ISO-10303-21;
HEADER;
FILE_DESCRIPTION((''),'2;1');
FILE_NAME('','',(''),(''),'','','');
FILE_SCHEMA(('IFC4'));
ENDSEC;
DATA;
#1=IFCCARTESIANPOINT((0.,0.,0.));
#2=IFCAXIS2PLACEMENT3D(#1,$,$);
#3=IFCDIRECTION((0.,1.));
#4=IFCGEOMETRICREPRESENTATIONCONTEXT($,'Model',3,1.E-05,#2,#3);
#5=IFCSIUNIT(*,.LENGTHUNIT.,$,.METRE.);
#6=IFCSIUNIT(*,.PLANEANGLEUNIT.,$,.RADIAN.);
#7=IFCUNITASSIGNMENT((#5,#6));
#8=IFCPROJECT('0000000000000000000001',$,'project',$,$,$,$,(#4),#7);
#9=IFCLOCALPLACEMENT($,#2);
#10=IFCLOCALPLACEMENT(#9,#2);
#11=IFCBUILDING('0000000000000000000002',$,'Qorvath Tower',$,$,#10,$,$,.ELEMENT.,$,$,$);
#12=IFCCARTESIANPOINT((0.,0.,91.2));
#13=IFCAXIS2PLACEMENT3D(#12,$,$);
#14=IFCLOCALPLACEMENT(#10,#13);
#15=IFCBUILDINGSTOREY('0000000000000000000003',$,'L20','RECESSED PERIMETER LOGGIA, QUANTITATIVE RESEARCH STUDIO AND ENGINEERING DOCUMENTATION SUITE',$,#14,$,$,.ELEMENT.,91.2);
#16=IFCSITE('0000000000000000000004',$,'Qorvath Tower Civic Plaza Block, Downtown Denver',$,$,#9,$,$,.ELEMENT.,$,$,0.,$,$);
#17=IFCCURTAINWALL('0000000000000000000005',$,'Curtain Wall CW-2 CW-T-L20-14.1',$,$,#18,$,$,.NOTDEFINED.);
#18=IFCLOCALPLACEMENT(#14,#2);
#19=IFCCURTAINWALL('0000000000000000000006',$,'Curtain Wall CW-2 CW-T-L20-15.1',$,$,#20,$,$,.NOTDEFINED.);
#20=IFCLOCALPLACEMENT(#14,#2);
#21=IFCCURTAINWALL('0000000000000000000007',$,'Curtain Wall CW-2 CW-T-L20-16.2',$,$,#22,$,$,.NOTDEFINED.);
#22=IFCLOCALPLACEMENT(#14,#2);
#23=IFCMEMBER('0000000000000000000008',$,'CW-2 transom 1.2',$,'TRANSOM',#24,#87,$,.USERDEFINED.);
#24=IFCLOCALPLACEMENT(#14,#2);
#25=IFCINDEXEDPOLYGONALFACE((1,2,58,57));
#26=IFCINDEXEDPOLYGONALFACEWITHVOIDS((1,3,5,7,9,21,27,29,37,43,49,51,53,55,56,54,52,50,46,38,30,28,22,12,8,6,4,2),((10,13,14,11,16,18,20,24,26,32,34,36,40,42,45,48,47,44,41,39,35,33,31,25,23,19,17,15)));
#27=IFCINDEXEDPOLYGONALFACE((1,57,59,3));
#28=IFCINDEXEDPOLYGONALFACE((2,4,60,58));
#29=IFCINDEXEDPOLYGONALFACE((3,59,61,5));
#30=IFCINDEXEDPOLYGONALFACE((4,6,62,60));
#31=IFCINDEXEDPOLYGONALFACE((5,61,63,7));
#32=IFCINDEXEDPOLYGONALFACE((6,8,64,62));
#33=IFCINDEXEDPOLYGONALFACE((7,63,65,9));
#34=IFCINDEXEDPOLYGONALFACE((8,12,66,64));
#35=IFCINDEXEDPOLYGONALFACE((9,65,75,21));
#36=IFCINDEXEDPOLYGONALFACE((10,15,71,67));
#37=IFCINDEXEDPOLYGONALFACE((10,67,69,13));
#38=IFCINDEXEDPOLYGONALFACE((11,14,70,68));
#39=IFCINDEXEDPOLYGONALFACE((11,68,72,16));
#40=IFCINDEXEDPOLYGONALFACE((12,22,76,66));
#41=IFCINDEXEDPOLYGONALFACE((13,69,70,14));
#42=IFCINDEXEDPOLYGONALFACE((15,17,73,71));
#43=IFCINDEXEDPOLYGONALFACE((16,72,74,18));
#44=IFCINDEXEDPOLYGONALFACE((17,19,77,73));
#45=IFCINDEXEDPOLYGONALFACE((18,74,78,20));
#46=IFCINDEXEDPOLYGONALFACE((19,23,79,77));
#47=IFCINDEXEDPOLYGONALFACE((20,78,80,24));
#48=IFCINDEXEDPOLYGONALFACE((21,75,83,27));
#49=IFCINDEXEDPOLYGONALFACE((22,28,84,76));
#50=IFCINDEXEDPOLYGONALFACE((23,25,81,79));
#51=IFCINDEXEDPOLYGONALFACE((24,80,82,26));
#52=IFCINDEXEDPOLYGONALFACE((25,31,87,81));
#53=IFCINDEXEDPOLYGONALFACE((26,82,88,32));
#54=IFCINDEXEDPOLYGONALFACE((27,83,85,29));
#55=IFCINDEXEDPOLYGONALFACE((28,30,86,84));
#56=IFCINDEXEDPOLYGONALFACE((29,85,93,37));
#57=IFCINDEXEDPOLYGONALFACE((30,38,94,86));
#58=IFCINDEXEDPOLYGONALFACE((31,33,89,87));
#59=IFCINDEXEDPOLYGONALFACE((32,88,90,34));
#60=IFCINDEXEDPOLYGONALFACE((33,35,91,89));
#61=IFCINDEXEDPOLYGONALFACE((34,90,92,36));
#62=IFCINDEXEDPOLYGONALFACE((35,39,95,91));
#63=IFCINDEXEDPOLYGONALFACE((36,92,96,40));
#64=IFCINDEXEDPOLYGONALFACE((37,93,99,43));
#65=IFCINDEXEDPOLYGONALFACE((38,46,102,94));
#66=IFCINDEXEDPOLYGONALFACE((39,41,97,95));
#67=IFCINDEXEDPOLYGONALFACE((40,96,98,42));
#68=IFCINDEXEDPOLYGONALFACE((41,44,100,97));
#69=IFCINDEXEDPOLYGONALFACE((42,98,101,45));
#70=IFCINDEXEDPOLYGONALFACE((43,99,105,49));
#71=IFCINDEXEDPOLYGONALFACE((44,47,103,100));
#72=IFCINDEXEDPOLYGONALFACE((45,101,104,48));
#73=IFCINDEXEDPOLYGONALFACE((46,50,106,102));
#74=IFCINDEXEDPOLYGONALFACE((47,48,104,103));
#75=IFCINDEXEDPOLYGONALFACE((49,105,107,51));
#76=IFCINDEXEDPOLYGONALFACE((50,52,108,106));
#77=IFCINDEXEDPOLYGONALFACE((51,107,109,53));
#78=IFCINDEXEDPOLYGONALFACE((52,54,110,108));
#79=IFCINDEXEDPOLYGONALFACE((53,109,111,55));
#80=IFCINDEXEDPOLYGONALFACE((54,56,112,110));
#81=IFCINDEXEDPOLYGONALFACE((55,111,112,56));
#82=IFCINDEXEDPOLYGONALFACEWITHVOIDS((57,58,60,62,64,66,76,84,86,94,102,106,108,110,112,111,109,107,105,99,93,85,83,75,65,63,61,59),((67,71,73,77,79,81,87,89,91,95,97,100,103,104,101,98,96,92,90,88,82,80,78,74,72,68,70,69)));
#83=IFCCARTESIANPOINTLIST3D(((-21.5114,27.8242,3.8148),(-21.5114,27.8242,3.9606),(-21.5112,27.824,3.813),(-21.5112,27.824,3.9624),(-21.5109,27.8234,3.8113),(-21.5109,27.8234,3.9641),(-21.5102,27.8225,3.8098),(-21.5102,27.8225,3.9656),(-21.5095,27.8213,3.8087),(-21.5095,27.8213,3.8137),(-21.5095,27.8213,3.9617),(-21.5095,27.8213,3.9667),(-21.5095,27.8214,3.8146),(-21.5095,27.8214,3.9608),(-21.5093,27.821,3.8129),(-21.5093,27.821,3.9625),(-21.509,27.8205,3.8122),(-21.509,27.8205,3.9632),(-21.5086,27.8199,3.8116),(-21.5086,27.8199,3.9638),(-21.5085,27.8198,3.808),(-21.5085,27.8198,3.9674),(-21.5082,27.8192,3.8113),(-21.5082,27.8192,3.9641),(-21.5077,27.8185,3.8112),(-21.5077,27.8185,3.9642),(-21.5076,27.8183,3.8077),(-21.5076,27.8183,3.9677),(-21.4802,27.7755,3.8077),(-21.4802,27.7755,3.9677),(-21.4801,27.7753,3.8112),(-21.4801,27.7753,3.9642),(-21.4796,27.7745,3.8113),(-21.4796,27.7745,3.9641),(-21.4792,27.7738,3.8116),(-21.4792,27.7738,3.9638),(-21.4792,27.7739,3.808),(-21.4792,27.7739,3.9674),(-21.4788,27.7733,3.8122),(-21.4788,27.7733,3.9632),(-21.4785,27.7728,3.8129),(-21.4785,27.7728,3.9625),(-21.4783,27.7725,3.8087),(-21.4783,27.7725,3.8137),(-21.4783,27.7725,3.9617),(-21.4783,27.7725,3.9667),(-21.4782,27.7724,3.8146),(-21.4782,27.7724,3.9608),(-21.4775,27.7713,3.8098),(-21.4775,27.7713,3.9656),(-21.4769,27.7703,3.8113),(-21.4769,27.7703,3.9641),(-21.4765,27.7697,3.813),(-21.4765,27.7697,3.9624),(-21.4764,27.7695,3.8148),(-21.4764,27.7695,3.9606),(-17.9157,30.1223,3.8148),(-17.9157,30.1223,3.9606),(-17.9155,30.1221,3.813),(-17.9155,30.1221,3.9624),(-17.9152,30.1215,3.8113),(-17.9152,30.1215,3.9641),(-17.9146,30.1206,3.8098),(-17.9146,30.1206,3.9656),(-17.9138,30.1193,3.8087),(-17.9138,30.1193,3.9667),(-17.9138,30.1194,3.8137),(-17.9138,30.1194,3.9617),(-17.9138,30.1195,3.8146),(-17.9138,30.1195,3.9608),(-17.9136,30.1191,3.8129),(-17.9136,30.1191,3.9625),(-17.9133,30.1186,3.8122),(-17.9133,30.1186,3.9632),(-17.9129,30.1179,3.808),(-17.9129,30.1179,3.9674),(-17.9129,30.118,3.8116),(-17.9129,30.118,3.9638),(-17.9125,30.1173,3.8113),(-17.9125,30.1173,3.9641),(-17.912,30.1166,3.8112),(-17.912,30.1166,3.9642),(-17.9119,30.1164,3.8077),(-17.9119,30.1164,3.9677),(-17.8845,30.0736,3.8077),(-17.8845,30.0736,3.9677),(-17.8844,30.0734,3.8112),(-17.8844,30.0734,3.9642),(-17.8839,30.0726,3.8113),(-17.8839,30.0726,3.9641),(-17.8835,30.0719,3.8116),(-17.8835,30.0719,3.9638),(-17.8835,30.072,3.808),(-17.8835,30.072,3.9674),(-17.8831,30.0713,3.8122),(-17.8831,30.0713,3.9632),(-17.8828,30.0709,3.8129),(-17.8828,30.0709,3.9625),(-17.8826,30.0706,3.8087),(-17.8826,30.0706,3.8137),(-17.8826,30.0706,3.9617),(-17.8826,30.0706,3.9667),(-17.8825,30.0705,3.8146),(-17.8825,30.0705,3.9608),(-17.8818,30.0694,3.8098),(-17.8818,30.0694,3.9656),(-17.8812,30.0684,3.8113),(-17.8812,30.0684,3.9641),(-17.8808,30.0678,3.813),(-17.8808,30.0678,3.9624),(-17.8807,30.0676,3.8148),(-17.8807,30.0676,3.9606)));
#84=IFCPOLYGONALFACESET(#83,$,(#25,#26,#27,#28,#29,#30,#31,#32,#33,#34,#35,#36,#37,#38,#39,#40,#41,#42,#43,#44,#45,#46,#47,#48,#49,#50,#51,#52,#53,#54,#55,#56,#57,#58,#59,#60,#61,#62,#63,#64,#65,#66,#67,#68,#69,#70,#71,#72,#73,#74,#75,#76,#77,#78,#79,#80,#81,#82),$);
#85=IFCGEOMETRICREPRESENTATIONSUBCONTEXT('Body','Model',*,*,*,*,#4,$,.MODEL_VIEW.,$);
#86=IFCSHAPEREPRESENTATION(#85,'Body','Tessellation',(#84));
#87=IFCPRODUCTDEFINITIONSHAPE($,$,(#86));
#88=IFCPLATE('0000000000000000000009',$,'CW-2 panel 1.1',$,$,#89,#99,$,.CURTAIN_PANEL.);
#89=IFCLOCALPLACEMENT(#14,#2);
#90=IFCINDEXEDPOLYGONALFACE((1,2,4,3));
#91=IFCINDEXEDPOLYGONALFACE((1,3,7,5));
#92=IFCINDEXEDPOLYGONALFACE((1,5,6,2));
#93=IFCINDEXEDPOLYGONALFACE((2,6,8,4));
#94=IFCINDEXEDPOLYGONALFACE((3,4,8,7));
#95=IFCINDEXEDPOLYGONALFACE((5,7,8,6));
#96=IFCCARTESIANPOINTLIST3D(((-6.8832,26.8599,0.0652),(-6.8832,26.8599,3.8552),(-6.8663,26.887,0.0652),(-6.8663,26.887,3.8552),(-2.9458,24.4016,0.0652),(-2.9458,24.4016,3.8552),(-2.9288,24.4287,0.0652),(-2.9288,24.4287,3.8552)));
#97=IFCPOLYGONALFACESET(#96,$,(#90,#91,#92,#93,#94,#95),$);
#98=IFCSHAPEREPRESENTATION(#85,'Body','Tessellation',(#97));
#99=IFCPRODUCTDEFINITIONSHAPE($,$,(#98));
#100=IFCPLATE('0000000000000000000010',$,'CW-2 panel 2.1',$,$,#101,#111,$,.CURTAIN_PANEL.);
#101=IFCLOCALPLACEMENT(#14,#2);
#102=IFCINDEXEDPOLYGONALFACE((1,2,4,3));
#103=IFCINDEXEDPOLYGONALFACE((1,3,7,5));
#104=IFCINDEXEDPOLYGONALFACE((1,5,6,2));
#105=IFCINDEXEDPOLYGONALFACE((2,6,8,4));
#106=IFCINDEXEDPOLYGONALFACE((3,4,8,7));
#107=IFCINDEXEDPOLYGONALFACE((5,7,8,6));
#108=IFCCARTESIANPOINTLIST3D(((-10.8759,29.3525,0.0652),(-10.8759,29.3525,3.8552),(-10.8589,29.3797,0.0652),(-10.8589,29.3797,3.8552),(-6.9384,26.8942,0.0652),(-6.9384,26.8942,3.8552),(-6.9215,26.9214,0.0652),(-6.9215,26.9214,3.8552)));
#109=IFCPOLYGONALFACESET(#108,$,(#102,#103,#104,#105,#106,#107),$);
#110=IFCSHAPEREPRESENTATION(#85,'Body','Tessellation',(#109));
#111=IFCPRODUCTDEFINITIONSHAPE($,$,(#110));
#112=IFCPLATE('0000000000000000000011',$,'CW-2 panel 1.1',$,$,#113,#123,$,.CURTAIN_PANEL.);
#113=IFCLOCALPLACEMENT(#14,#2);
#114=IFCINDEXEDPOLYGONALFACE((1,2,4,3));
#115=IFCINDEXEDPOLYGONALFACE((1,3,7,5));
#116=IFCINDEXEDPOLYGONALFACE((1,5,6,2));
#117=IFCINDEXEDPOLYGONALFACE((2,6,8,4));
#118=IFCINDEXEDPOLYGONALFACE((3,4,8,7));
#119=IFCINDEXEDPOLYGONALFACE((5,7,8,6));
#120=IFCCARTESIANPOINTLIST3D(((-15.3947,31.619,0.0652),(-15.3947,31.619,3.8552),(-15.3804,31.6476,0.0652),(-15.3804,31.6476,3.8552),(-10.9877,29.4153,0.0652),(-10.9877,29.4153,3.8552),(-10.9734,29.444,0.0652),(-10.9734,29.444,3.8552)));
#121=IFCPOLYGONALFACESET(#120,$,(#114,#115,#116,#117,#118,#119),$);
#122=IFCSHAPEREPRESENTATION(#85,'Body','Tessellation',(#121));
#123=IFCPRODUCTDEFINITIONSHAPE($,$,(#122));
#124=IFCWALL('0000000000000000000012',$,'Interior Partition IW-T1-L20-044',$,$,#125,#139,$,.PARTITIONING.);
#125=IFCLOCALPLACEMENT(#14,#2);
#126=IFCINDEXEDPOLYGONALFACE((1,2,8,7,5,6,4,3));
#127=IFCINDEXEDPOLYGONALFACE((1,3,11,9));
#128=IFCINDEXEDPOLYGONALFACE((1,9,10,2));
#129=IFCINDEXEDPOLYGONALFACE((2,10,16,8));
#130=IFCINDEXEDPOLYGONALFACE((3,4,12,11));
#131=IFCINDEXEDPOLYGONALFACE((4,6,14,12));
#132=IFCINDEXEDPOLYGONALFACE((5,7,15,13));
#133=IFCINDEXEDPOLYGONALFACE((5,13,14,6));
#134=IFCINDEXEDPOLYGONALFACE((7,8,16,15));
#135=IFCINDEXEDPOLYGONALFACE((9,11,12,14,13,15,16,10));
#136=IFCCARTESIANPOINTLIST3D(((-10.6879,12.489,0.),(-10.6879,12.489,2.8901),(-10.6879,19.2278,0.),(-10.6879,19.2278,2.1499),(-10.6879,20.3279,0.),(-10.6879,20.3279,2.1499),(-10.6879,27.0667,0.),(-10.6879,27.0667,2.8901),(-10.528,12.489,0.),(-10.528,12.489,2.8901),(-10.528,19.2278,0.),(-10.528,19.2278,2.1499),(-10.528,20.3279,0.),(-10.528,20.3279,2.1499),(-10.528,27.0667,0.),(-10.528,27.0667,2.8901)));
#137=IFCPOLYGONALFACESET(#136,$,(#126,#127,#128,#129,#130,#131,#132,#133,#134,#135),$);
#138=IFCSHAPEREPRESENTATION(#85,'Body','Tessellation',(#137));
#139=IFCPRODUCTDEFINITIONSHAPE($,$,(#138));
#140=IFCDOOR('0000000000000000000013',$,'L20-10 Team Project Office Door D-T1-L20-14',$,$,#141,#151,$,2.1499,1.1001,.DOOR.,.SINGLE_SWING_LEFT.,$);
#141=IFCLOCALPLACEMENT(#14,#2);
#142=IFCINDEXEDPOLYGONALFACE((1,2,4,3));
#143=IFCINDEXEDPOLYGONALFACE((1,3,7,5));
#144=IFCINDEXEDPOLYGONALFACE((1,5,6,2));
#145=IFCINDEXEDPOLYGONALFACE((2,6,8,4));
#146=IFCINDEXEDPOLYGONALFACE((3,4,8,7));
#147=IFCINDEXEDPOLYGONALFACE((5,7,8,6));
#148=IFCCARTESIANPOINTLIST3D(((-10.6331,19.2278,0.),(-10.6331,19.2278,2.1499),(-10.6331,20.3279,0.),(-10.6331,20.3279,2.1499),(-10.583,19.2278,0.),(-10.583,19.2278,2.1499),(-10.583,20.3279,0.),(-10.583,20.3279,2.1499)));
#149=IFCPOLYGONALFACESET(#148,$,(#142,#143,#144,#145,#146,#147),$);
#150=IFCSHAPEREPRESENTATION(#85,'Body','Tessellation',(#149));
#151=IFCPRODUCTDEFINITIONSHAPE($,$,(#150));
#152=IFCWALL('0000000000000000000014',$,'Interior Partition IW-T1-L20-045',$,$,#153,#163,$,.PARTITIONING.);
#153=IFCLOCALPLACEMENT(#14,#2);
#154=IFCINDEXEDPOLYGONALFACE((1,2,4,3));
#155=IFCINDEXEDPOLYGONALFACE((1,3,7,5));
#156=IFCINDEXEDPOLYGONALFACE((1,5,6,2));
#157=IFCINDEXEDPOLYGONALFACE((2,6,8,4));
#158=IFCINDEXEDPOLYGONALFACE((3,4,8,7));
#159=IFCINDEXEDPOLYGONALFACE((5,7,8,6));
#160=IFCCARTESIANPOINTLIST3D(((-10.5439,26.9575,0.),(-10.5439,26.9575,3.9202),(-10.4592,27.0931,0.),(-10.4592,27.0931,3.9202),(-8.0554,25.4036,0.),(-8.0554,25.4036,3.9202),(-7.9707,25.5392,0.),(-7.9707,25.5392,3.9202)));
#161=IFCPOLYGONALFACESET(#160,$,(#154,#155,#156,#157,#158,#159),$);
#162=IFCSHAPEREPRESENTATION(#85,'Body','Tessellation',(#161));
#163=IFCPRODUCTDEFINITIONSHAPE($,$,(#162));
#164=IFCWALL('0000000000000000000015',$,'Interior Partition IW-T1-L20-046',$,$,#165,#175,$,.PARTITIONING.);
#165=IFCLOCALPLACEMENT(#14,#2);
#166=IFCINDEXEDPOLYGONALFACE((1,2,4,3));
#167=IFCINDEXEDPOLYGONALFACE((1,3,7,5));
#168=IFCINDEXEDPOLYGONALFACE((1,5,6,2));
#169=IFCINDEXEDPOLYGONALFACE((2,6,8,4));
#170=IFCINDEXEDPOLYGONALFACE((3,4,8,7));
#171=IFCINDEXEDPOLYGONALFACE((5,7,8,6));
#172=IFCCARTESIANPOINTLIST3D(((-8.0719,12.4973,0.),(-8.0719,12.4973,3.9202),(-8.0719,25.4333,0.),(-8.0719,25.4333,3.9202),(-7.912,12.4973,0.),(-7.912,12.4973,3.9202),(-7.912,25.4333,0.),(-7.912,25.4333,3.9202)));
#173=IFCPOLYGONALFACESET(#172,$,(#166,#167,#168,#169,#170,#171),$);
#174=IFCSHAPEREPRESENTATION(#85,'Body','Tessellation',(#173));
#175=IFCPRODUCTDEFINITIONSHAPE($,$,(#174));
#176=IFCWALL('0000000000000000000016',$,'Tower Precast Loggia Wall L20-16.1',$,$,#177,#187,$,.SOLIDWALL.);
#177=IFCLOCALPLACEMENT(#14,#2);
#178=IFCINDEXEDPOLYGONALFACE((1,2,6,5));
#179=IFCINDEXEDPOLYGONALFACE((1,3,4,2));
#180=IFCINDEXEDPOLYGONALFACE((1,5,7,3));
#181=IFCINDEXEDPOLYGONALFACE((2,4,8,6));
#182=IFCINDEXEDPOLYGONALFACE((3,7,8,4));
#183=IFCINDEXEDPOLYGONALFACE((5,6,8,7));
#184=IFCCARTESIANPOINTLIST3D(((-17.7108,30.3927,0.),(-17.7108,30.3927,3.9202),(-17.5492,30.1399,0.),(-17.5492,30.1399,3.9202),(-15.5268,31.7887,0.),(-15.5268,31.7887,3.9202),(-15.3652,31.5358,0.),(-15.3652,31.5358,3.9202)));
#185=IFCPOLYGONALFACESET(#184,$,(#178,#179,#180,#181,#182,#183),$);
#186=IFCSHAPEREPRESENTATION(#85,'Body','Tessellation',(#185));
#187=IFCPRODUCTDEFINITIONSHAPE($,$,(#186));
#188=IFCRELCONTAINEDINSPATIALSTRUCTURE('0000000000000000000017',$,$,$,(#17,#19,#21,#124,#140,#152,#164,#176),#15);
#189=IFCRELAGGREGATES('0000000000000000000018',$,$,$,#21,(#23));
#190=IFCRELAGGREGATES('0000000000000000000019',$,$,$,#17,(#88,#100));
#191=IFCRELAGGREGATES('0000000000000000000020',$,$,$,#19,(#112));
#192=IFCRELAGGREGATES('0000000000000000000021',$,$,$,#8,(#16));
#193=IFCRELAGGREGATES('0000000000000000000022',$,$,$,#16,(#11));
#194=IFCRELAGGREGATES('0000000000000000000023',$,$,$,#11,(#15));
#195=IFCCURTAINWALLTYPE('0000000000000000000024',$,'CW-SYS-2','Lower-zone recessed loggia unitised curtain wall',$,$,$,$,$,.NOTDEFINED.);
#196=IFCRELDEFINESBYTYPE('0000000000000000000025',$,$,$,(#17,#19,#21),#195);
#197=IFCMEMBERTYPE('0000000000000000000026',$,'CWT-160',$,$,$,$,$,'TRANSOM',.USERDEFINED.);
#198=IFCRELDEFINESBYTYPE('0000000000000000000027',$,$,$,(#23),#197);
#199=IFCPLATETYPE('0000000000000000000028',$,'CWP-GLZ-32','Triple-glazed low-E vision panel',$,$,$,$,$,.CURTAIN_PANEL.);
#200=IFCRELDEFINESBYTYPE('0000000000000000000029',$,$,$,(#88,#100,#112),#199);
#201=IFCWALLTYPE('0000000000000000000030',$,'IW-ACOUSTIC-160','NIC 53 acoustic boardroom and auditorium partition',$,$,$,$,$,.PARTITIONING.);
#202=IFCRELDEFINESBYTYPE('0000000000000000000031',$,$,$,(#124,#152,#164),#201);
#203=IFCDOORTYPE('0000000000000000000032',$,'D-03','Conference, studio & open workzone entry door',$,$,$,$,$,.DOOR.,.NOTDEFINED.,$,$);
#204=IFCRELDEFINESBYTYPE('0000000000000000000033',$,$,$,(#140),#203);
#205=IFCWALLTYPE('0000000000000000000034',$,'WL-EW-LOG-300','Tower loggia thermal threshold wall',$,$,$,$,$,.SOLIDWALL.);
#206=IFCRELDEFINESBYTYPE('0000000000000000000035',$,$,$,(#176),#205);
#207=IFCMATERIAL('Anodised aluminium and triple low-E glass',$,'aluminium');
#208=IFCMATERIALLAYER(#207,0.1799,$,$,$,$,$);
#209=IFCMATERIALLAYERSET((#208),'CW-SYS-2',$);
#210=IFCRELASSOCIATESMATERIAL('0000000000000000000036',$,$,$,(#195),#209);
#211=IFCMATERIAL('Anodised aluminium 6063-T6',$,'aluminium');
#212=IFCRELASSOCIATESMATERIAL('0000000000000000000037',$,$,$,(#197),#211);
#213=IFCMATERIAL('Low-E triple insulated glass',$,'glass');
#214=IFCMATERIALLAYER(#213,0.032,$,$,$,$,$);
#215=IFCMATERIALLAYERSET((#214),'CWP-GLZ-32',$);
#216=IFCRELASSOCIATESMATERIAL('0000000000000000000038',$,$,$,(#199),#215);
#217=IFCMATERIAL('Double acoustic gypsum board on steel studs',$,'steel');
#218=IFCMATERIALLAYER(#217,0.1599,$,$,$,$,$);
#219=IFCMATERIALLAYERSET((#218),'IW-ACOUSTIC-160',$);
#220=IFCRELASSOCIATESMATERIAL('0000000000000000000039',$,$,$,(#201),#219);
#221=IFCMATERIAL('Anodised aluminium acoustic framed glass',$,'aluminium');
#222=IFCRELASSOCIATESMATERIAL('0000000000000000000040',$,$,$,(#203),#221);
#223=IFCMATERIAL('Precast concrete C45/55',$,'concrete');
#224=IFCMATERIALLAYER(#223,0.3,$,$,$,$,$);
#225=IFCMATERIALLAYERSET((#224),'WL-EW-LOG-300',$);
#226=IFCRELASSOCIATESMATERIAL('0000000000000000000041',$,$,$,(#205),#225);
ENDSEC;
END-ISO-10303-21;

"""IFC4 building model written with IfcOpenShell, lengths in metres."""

from ifc_helpers import new_model, si_unit, direction, frame, frame_2d, origin, origin_2d, place, context, subcontext, project, spatial, rectangle, hollow_rectangle, extrude, material, layer, layer_set, material_profile, profile_set, type_object, element, fill, aggregate, save


model = new_model("IFC4")

# Units and contexts
model_context = context("Model", 3, precision=1e-05, world=origin(), true_north=direction((0.0, 1.0)))
body_context = subcontext(model_context, "Body", "Model", "MODEL_VIEW")
ifc_project = project(units=[si_unit("LENGTHUNIT", "METRE"), si_unit("PLANEANGLEUNIT", "RADIAN")], contexts=[model_context])

# Site, building, storey
site_placement = place(None, origin())
site = spatial("IfcSite", under=ifc_project, at=site_placement, Name="Qorvath Tower Civic Plaza Block, Downtown Denver", CompositionType="ELEMENT", RefElevation=0.0)
building_placement = place(site_placement, origin())
building = spatial("IfcBuilding", under=site, at=building_placement, Name="Qorvath Tower", CompositionType="ELEMENT")
storey_placement = place(building_placement, frame((0.0, 0.0, 91.2)))
storey = spatial("IfcBuildingStorey", under=building, at=storey_placement, Name="L20", Description="RECESSED PERIMETER LOGGIA, QUANTITATIVE RESEARCH STUDIO AND ENGINEERING DOCUMENTATION SUITE", CompositionType="ELEMENT", Elevation=91.2)

# Shared definitions
ifc_material_1 = material(Name="Anodised aluminium and triple low-E glass", Category="aluminium")
ifc_layer_1 = layer(ifc_material_1, 0.1799)
ifc_layer_set_1 = layer_set([ifc_layer_1], Name="CW-SYS-2")
curtain_wall_type = type_object("IfcCurtainWallType", Name="CW-SYS-2", Description="Lower-zone recessed loggia unitised curtain wall", PredefinedType="NOTDEFINED", material=ifc_layer_set_1)

# Curtain walls
curtain_wall_1_placement = place(storey_placement, origin())
curtain_wall_1 = element("IfcCurtainWall", 1, at=curtain_wall_1_placement, inside=storey, type_object=curtain_wall_type, Name="Curtain Wall CW-2 CW-T-L20-14.1", PredefinedType="NOTDEFINED")
curtain_wall_2_placement = place(storey_placement, origin())
curtain_wall_2 = element("IfcCurtainWall", 2, at=curtain_wall_2_placement, inside=storey, type_object=curtain_wall_type, Name="Curtain Wall CW-2 CW-T-L20-15.1", PredefinedType="NOTDEFINED")

# Curtain wall
curtain_wall_3_placement = place(storey_placement, origin())
curtain_wall_3 = element("IfcCurtainWall", 3, at=curtain_wall_3_placement, inside=storey, type_object=curtain_wall_type, Name="Curtain Wall CW-2 CW-T-L20-16.2", PredefinedType="NOTDEFINED")

# Member
ifc_material_2 = material(Name="Anodised aluminium 6063-T6", Category="aluminium")
ifc_material_profile_1 = material_profile(ifc_material_2, hollow_rectangle(XDim=0.0649, YDim=0.1599, WallThickness=0.0034, InnerFilletRadius=0.0034, OuterFilletRadius=0.0071, at=origin_2d()), Name="CWT 160x65")
ifc_profile_set_1 = profile_set([ifc_material_profile_1], Name="Anodised aluminium 6063-T6")
member_type_1 = type_object("IfcMemberType", Name="CWT-160", ElementType="TRANSOM", PredefinedType="USERDEFINED", material=ifc_profile_set_1)
member_1_placement = place(storey_placement, frame((-17.8982, 30.095, 3.8877), z_axis=(-0.842607, -0.538529, 0.0), x_axis=(0.538529, -0.842607, 0.0)))
member_1 = element("IfcMember", 4, at=member_1_placement, type_object=member_type_1, Name="CW-2 transom 1.2", ObjectType="TRANSOM", PredefinedType="USERDEFINED", context=body_context, shape_type="SweptSolid", body=[
    extrude(hollow_rectangle(XDim=0.0649, YDim=0.1599, WallThickness=0.0034, InnerFilletRadius=0.0034, OuterFilletRadius=0.0071, at=origin_2d()), origin(), (0.0, 0.0, 1.0), 4.2673),
])
aggregate(curtain_wall_3, [member_1])

# Plates
ifc_material_3 = material(Name="Low-E triple insulated glass", Category="glass")
ifc_layer_2 = layer(ifc_material_3, 0.032)
ifc_layer_set_2 = layer_set([ifc_layer_2], Name="CWP-GLZ-32")
plate_type = type_object("IfcPlateType", Name="CWP-GLZ-32", Description="Triple-glazed low-E vision panel", PredefinedType="CURTAIN_PANEL", material=ifc_layer_set_2)
plate_1_placement = place(storey_placement, frame((-4.906, 25.6443, 0.0652), z_axis=(0.0, 0.0, 1.0), x_axis=(-0.84825, 0.529596, 0.0)))
plate_1 = element("IfcPlate", 5, at=plate_1_placement, type_object=plate_type, Name="CW-2 panel 1.1", PredefinedType="CURTAIN_PANEL", context=body_context, shape_type="SweptSolid", body=[
    extrude(rectangle(XDim=4.6418, YDim=0.032, at=origin_2d()), origin(), (0.0, 0.0, 1.0), 3.79),
])
plate_2_placement = place(storey_placement, frame((-8.8987, 28.137, 0.0652), z_axis=(0.0, 0.0, 1.0), x_axis=(-0.84825, 0.529596, 0.0)))
plate_2 = element("IfcPlate", 6, at=plate_2_placement, type_object=plate_type, Name="CW-2 panel 2.1", PredefinedType="CURTAIN_PANEL", context=body_context, shape_type="SweptSolid", body=[
    extrude(rectangle(XDim=4.6418, YDim=0.032, at=origin_2d()), origin(), (0.0, 0.0, 1.0), 3.79),
])
aggregate(curtain_wall_1, [plate_1, plate_2])
plate_3_placement = place(storey_placement, frame((-13.1841, 30.5315, 0.0652), z_axis=(0.0, 0.0, 1.0), x_axis=(-0.894411, 0.447245, 0.0)))
plate_3 = element("IfcPlate", 7, at=plate_3_placement, type_object=plate_type, Name="CW-2 panel 1.1", PredefinedType="CURTAIN_PANEL", context=body_context, shape_type="SweptSolid", body=[
    extrude(rectangle(XDim=4.9272, YDim=0.032, at=origin_2d()), origin(), (0.0, 0.0, 1.0), 3.79),
])
aggregate(curtain_wall_2, [plate_3])

# Wall, opening, door
ifc_material_4 = material(Name="Double acoustic gypsum board on steel studs", Category="steel")
ifc_layer_3 = layer(ifc_material_4, 0.1599)
ifc_layer_set_3 = layer_set([ifc_layer_3], Name="IW-ACOUSTIC-160")
wall_type_1 = type_object("IfcWallType", Name="IW-ACOUSTIC-160", Description="NIC 53 acoustic boardroom and auditorium partition", PredefinedType="PARTITIONING", material=ifc_layer_set_3)
wall_1_placement = place(storey_placement, frame((-10.6079, 27.0667, 0.0), z_axis=(0.0, 0.0, 1.0), x_axis=(0.0, -1.0, 0.0)))
wall_1 = element("IfcWall", 8, at=wall_1_placement, inside=storey, type_object=wall_type_1, Name="Interior Partition IW-T1-L20-044", PredefinedType="PARTITIONING", context=body_context, shape_type="SweptSolid", body=[
    extrude(rectangle(XDim=14.5776, YDim=0.1599, at=frame_2d((7.2888, 0.0))), origin(), (0.0, 0.0, 1.0), 2.8901),
])
opening_placement = place(wall_1_placement, frame((6.7388, 0.0, 0.0)))
opening = element("IfcOpeningElement", 9, at=opening_placement, cuts=wall_1, PredefinedType="OPENING", context=body_context, shape_type="SweptSolid", body=[
    extrude(rectangle(XDim=1.1001, YDim=2.1499, at=frame_2d((0.55, 1.075))), frame((0.0, 0.0898, 0.0), z_axis=(0.0, -1.0, 0.0), x_axis=(1.0, 0.0, 0.0)), (0.0, 0.0, 1.0), 0.1799),
])
ifc_material_5 = material(Name="Anodised aluminium acoustic framed glass", Category="aluminium")
door_type = type_object("IfcDoorType", Name="D-03", Description="Conference, studio & open workzone entry door", OperationType="NOTDEFINED", PredefinedType="DOOR", material=ifc_material_5)
door_placement = place(opening_placement, origin())
door = element("IfcDoor", 10, at=door_placement, inside=storey, type_object=door_type, Name="L20-10 Team Project Office Door D-T1-L20-14", OperationType="SINGLE_SWING_LEFT", OverallHeight=2.1499, OverallWidth=1.1001, PredefinedType="DOOR", context=body_context, shape_type="SweptSolid", body=[
    extrude(rectangle(XDim=1.1001, YDim=2.1499, at=frame_2d((0.55, 1.075))), frame((0.0, 0.0249, 0.0), z_axis=(0.0, -1.0, 0.0), x_axis=(1.0, 0.0, 0.0)), (0.0, 0.0, 1.0), 0.05),
])
fill(opening, door)

# Walls
wall_2_placement = place(storey_placement, frame((-8.0132, 25.4714, 0.0), z_axis=(0.0, 0.0, 1.0), x_axis=(-0.848209, 0.529662, 0.0)))
element("IfcWall", 11, at=wall_2_placement, inside=storey, type_object=wall_type_1, Name="Interior Partition IW-T1-L20-045", PredefinedType="PARTITIONING", context=body_context, shape_type="SweptSolid", body=[
    extrude(rectangle(XDim=2.9338, YDim=0.1599, at=frame_2d((1.4668, 0.0))), origin(), (0.0, 0.0, 1.0), 3.9202),
])
wall_3_placement = place(storey_placement, frame((-7.9919, 25.4333, 0.0), z_axis=(0.0, 0.0, 1.0), x_axis=(0.0, -1.0, 0.0)))
element("IfcWall", 12, at=wall_3_placement, inside=storey, type_object=wall_type_1, Name="Interior Partition IW-T1-L20-046", PredefinedType="PARTITIONING", context=body_context, shape_type="SweptSolid", body=[
    extrude(rectangle(XDim=12.936, YDim=0.1599, at=frame_2d((6.468, 0.0))), origin(), (0.0, 0.0, 1.0), 3.9202),
])
ifc_material_6 = material(Name="Precast concrete C45/55", Category="concrete")
ifc_layer_4 = layer(ifc_material_6, 0.3)
ifc_layer_set_4 = layer_set([ifc_layer_4], Name="WL-EW-LOG-300")
wall_type_2 = type_object("IfcWallType", Name="WL-EW-LOG-300", Description="Tower loggia thermal threshold wall", PredefinedType="SOLIDWALL", material=ifc_layer_set_4)
wall_4_placement = place(storey_placement, frame((-17.6299, 30.2664, 0.0), z_axis=(0.0, 0.0, 1.0), x_axis=(0.842589, 0.538556, 0.0)))
element("IfcWall", 13, at=wall_4_placement, inside=storey, type_object=wall_type_2, Name="Tower Precast Loggia Wall L20-16.1", PredefinedType="SOLIDWALL", context=body_context, shape_type="SweptSolid", body=[
    extrude(rectangle(XDim=2.592, YDim=0.3, at=frame_2d((1.2959, 0.0))), origin(), (0.0, 0.0, 1.0), 3.9202),
])

save(model, "model.ifc")
